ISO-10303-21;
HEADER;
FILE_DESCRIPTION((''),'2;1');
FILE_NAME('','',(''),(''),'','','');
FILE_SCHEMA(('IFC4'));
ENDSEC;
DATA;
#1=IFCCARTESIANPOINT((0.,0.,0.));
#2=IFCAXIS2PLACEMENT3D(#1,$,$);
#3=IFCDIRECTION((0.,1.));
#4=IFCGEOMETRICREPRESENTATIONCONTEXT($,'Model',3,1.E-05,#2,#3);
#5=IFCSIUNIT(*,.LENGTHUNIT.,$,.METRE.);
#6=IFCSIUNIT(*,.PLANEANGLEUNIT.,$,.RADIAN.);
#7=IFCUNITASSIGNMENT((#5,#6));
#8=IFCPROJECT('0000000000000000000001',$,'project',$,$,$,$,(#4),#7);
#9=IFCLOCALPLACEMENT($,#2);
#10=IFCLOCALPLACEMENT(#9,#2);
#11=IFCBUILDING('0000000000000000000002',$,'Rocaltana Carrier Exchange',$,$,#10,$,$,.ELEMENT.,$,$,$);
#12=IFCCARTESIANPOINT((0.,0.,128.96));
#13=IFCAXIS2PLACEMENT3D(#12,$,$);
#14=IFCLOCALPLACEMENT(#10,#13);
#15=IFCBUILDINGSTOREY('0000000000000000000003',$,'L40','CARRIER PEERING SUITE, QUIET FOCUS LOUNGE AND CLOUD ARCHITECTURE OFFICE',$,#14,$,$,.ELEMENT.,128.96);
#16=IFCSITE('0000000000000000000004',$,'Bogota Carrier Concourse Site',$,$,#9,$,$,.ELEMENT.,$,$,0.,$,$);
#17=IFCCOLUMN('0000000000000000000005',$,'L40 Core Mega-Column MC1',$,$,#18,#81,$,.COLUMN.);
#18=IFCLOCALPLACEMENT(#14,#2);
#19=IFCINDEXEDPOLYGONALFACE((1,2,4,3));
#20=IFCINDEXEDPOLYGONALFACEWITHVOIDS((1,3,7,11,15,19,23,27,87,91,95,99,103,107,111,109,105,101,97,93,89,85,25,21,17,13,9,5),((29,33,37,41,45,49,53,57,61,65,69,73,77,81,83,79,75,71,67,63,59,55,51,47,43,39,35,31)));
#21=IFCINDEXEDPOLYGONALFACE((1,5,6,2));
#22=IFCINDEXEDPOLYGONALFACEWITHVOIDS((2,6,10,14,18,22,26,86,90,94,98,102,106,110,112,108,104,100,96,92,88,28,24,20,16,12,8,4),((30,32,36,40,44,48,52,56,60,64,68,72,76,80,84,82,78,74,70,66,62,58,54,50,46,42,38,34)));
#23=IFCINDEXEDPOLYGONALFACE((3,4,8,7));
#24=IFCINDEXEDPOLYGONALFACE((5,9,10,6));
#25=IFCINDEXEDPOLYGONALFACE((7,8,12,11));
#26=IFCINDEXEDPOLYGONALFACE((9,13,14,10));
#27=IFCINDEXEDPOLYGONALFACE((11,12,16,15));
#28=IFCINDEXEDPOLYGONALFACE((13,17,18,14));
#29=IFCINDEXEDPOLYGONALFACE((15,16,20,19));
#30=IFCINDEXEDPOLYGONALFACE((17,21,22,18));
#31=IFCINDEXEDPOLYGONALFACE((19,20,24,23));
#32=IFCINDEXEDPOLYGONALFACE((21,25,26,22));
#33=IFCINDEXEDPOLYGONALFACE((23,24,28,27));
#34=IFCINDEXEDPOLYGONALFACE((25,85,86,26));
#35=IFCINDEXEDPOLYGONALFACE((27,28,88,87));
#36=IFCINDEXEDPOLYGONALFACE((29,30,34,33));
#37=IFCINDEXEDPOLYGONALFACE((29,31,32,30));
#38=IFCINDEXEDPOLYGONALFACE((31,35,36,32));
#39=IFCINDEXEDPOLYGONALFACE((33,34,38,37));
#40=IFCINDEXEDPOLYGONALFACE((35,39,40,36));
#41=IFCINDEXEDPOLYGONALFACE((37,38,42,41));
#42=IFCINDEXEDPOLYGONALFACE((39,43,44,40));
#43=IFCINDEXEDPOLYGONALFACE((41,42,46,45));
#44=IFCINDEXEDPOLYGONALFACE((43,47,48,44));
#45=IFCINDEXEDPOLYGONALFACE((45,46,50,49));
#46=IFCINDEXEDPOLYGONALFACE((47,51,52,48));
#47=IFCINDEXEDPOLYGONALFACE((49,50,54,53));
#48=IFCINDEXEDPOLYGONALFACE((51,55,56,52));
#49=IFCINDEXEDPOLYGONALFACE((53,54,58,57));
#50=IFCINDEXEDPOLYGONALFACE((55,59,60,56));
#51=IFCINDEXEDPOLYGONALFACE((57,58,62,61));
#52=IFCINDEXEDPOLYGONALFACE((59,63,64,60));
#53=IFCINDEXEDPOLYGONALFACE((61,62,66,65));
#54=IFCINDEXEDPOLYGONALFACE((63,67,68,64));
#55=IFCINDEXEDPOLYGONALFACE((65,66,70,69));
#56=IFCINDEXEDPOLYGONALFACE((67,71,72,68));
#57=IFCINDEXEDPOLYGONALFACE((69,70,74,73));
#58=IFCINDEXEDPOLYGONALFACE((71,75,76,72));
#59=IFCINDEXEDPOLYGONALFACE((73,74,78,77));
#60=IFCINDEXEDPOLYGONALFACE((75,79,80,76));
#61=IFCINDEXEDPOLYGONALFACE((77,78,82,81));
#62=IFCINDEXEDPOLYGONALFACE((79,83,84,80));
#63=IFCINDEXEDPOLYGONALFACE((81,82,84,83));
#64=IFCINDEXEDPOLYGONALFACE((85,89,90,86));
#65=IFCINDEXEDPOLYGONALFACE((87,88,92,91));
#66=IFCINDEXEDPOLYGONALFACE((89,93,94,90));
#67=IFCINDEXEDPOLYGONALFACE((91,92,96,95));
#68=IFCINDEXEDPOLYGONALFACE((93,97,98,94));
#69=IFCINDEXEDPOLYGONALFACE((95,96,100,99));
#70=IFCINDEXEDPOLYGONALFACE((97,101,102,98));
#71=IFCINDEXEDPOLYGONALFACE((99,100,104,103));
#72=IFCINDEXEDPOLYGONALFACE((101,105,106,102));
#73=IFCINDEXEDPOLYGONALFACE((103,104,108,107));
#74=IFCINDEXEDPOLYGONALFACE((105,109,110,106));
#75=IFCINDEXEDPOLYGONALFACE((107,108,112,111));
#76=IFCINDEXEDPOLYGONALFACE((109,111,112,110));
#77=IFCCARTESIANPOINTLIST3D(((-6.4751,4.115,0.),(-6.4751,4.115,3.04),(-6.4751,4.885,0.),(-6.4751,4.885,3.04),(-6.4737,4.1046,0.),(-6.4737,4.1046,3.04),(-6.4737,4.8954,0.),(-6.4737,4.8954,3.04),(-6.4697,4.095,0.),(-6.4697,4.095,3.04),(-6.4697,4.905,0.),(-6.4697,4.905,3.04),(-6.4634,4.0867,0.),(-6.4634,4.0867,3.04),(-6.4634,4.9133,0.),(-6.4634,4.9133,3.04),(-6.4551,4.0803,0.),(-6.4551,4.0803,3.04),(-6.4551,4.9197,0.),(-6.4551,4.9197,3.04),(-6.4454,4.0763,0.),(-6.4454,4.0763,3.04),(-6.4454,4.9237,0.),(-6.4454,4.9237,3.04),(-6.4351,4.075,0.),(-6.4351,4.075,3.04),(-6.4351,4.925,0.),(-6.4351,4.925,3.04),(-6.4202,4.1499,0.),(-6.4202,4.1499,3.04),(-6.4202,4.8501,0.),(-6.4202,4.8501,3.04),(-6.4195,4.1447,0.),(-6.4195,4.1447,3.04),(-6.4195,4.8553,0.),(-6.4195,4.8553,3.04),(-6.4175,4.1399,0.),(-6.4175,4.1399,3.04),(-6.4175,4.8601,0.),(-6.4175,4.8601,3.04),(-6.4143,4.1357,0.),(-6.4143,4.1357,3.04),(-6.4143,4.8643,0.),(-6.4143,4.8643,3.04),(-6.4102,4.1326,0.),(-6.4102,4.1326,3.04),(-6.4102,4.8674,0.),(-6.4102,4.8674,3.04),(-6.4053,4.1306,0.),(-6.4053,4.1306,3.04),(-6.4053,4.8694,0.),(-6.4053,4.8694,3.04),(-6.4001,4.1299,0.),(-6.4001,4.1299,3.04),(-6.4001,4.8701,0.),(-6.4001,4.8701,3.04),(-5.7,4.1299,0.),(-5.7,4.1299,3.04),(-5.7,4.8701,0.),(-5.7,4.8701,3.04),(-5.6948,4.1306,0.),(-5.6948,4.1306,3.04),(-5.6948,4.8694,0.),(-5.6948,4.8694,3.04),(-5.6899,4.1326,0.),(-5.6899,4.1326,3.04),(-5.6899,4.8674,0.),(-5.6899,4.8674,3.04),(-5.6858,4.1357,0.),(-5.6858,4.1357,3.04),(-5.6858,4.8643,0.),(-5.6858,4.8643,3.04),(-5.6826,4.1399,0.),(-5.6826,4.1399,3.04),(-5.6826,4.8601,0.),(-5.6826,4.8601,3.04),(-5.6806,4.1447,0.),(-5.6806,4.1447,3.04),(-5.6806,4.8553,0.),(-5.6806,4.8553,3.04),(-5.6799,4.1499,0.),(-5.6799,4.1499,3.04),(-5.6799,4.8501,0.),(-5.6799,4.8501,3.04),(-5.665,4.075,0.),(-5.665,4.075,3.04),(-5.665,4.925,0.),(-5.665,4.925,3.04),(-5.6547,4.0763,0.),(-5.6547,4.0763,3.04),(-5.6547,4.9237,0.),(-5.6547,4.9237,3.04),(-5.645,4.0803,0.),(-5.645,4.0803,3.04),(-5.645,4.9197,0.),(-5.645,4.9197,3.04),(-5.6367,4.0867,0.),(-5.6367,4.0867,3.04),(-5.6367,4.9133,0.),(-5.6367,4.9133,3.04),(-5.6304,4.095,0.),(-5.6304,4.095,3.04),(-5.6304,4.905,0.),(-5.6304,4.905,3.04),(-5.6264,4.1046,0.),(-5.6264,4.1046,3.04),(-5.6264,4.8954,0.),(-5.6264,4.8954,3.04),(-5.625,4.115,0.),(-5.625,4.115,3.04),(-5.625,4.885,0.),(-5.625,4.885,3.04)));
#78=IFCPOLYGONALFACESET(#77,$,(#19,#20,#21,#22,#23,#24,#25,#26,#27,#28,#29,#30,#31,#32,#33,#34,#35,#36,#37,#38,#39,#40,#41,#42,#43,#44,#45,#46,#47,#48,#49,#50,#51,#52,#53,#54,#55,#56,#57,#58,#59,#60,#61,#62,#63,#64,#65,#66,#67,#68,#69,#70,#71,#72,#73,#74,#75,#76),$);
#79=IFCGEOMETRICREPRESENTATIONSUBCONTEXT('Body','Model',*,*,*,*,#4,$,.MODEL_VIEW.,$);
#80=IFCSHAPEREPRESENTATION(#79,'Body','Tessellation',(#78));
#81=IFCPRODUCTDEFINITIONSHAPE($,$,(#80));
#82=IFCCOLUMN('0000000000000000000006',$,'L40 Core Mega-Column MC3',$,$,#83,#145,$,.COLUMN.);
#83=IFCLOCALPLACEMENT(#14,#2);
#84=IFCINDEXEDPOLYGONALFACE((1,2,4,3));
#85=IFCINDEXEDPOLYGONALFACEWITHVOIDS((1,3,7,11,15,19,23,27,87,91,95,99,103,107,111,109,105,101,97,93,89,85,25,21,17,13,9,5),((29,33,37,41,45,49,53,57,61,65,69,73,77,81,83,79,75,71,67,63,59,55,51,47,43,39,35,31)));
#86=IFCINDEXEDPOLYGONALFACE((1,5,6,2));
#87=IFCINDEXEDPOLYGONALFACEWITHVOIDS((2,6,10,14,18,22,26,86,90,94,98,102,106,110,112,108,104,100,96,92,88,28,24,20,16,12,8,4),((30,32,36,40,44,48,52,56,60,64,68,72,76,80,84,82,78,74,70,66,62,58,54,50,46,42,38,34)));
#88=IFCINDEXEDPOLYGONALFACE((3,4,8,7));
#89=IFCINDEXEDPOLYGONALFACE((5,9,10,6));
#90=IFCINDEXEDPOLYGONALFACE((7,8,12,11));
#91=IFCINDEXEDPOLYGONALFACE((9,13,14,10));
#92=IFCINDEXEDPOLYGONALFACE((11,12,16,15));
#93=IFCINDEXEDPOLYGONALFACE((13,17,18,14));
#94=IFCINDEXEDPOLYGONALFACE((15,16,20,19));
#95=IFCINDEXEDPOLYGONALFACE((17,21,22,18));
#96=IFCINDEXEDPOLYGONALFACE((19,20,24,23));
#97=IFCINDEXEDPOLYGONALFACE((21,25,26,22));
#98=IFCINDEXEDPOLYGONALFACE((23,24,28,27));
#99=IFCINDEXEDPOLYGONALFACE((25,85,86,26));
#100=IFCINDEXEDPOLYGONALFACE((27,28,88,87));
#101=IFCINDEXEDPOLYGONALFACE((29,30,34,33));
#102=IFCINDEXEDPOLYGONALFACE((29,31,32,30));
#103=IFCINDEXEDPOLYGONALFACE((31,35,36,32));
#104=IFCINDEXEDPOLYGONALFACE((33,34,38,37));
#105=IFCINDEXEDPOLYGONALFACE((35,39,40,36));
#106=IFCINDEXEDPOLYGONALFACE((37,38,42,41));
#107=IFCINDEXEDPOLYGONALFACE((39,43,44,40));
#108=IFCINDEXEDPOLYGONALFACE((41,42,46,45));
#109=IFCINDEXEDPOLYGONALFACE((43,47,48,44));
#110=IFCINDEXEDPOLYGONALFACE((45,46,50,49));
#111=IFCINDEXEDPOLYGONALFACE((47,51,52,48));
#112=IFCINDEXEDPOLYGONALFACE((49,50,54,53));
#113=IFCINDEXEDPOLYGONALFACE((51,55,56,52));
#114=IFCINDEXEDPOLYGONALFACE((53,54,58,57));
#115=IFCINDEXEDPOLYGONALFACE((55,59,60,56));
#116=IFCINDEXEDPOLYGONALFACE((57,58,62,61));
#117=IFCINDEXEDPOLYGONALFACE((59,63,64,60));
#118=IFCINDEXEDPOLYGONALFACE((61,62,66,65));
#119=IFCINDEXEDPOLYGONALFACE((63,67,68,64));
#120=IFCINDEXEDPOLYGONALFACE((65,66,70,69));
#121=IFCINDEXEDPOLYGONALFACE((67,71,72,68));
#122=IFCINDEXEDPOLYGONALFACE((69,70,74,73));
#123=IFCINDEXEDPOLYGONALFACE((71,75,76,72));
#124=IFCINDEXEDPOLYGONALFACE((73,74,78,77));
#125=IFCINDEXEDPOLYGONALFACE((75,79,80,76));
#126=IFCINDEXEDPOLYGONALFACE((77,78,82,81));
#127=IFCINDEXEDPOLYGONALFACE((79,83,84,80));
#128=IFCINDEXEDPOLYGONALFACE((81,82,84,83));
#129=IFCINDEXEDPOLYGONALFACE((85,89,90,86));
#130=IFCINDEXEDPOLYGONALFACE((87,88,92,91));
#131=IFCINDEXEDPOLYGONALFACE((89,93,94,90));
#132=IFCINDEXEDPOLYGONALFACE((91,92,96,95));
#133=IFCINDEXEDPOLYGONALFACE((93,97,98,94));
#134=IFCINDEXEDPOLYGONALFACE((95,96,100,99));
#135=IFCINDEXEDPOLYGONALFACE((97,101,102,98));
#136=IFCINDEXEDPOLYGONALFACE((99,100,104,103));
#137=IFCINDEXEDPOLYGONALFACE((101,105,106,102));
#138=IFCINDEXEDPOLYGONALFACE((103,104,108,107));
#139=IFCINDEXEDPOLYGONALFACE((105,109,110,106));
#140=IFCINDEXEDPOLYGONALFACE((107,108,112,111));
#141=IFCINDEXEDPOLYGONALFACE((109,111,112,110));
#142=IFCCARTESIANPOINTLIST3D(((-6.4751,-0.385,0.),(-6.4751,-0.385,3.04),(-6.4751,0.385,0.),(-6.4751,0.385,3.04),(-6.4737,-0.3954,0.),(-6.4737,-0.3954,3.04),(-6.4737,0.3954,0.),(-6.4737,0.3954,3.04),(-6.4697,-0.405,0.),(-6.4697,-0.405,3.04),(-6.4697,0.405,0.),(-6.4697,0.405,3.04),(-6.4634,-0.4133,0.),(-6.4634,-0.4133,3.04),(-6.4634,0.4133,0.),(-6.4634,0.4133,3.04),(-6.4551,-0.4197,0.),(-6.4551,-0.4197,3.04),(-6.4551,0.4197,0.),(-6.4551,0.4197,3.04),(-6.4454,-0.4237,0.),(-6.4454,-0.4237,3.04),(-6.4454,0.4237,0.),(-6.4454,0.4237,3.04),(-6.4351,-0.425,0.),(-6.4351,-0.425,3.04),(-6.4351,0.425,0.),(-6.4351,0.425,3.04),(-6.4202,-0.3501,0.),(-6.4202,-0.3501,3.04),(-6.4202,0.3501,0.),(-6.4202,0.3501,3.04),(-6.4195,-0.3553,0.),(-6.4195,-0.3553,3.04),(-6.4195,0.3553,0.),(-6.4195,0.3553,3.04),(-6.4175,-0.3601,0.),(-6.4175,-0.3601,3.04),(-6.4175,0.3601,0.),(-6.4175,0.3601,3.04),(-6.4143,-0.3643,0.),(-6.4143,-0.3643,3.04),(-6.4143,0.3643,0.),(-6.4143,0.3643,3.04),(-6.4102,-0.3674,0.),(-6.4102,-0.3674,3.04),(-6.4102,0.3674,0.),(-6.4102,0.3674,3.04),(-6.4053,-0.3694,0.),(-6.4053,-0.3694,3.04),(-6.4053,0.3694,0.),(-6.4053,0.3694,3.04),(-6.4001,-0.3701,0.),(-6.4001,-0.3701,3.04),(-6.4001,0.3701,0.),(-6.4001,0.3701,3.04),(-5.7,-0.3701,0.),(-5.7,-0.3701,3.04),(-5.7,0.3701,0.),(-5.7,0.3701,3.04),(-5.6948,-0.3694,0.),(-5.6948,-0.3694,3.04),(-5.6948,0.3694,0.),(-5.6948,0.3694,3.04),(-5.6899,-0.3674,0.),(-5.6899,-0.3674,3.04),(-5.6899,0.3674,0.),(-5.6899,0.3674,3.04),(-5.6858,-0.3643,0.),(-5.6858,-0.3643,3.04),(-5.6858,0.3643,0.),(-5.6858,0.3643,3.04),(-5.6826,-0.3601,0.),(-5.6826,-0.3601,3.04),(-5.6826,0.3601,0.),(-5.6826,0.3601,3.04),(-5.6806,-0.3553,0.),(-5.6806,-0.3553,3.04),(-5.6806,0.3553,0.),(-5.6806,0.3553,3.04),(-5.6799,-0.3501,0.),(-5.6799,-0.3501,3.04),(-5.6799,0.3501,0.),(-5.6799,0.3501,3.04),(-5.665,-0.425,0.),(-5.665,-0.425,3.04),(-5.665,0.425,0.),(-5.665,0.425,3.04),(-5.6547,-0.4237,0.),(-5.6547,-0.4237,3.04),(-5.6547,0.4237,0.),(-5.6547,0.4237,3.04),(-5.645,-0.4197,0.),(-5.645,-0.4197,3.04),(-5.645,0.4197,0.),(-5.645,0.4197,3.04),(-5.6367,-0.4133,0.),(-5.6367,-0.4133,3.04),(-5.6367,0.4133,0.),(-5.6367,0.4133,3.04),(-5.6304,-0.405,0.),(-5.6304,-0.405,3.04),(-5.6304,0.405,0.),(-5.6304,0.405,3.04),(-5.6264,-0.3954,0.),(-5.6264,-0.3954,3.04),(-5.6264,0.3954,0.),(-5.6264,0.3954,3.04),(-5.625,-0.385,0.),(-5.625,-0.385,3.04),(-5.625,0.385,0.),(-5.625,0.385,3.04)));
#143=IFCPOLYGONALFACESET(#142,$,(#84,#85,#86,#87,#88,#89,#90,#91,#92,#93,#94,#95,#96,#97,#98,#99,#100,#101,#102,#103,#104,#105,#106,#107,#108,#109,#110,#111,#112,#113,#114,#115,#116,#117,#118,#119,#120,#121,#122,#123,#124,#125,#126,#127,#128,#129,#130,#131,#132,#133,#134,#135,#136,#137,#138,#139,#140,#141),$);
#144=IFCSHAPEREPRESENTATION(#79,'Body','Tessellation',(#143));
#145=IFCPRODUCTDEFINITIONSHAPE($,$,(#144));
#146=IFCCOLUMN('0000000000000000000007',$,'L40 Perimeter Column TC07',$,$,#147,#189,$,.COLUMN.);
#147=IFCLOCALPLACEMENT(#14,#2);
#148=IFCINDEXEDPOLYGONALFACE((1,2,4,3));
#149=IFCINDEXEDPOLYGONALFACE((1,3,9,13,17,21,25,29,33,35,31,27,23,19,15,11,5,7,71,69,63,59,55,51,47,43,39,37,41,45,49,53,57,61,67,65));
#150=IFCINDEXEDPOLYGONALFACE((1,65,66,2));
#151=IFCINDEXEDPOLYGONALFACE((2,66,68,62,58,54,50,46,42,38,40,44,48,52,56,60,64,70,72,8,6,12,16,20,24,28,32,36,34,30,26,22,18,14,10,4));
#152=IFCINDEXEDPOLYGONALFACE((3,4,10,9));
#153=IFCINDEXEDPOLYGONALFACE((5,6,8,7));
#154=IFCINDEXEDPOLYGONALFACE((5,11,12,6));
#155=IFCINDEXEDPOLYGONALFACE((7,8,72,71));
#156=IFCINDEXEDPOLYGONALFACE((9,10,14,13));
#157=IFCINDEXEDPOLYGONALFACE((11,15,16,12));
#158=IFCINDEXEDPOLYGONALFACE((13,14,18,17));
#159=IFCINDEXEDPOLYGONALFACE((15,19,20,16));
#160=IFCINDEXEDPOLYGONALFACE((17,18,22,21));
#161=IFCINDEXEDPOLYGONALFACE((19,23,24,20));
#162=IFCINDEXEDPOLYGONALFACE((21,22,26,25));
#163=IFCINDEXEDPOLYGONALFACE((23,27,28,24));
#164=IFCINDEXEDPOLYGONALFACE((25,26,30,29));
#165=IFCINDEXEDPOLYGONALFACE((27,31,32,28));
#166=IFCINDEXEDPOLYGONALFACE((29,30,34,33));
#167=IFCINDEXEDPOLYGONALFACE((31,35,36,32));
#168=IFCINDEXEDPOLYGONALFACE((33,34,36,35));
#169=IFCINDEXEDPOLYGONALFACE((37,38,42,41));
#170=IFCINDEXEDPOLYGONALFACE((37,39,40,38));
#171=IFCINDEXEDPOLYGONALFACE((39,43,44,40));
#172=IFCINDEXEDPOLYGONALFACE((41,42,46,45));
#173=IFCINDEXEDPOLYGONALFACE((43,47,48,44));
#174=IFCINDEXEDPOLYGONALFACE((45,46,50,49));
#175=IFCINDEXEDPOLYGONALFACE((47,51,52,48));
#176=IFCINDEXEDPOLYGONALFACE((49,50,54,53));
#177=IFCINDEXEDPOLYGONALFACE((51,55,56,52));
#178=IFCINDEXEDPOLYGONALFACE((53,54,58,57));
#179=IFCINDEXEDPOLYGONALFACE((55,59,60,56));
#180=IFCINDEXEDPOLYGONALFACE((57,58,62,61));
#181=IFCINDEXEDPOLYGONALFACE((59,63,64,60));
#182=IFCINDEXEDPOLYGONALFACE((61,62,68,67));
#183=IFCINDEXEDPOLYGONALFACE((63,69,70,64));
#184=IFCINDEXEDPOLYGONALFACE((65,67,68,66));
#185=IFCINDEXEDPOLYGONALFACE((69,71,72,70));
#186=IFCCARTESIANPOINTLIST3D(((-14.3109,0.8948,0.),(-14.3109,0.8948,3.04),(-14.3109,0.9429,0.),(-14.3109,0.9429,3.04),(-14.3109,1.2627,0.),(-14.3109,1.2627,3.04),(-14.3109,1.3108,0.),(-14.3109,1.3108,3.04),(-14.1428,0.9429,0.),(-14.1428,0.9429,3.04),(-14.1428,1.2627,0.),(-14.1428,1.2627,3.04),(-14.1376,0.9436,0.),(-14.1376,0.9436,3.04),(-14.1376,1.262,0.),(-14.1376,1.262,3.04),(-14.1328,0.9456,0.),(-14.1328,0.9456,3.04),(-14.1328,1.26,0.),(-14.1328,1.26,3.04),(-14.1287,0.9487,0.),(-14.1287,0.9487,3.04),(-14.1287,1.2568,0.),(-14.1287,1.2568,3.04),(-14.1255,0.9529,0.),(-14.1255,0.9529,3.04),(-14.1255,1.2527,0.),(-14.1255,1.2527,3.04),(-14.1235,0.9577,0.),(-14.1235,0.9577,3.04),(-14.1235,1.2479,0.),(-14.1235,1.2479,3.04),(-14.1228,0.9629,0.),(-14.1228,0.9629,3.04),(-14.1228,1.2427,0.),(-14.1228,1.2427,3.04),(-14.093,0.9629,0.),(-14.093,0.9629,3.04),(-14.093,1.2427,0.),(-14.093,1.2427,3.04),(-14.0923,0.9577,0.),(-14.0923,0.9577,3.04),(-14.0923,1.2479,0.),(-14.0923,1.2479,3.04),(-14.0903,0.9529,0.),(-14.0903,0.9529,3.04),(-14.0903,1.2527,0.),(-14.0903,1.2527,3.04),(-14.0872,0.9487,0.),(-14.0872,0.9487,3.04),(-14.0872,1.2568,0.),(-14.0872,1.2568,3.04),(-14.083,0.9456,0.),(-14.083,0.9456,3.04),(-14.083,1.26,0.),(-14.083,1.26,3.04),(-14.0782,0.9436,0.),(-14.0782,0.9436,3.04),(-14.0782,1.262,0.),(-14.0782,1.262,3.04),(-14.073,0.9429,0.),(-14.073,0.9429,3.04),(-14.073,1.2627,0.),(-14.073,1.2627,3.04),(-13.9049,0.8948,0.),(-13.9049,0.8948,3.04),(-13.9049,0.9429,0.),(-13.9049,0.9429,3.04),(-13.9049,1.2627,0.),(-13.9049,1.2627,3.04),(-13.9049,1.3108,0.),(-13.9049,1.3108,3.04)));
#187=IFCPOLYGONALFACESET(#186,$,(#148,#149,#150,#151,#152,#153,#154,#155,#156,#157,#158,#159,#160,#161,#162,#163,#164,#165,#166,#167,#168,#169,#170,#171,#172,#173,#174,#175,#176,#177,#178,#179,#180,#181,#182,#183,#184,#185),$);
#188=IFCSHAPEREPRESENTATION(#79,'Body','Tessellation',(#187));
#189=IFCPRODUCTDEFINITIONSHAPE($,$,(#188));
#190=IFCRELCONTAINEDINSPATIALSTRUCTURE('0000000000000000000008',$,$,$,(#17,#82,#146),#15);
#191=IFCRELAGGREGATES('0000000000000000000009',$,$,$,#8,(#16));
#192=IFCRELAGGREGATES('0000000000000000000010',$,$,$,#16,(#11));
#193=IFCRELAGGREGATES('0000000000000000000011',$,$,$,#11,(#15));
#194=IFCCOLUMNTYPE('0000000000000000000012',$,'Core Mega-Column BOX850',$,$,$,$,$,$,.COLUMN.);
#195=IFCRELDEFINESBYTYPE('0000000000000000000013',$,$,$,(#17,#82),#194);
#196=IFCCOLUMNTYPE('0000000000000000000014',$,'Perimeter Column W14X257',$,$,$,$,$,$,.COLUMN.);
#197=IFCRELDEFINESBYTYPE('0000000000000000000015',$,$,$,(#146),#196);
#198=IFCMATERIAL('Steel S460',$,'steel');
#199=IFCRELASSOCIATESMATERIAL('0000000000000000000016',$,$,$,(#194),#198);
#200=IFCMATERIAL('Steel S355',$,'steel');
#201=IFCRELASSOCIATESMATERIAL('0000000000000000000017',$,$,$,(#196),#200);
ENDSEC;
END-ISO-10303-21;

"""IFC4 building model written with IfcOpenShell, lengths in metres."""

from ifc_helpers import new_model, si_unit, direction, frame, origin, origin_2d, place, context, subcontext, project, spatial, hollow_rectangle, i_section, extrude, material, material_profile, profile_set, type_object, element, save


model = new_model("IFC4")

# Units and contexts
model_context = context("Model", 3, precision=1e-05, world=origin(), true_north=direction((0.0, 1.0)))
body_context = subcontext(model_context, "Body", "Model", "MODEL_VIEW")
ifc_project = project(units=[si_unit("LENGTHUNIT", "METRE"), si_unit("PLANEANGLEUNIT", "RADIAN")], contexts=[model_context])

# Site, building, storey
site_placement = place(None, origin())
site = spatial("IfcSite", under=ifc_project, at=site_placement, Name="Bogota Carrier Concourse Site", CompositionType="ELEMENT", RefElevation=0.0)
building_placement = place(site_placement, origin())
building = spatial("IfcBuilding", under=site, at=building_placement, Name="Rocaltana Carrier Exchange", CompositionType="ELEMENT")
storey_placement = place(building_placement, frame((0.0, 0.0, 128.96)))
storey = spatial("IfcBuildingStorey", under=building, at=storey_placement, Name="L40", Description="CARRIER PEERING SUITE, QUIET FOCUS LOUNGE AND CLOUD ARCHITECTURE OFFICE", CompositionType="ELEMENT", Elevation=128.96)

# Columns
ifc_material_1 = material(Name="Steel S460", Category="steel")
ifc_material_profile_1 = material_profile(ifc_material_1, hollow_rectangle(XDim=0.8501, YDim=0.8501, WallThickness=0.0549, InnerFilletRadius=0.02, OuterFilletRadius=0.04, at=origin_2d()), Name="BOX850X850X55")
ifc_profile_set_1 = profile_set([ifc_material_profile_1], Name="Steel S460")
column_type_1 = type_object("IfcColumnType", Name="Core Mega-Column BOX850", PredefinedType="COLUMN", material=ifc_profile_set_1)
for number, where, z_axis, x_axis, name in (
    (1, (-6.05, 4.5, 0.0), (0.0, 0.0, 1.0), (1.0, 0.0, 0.0), "L40 Core Mega-Column MC1"),
    (2, (-6.05, 0.0, 0.0), (0.0, 0.0, 1.0), (1.0, 0.0, 0.0), "L40 Core Mega-Column MC3"),
):
    element("IfcColumn", number, at=place(storey_placement, frame(where, z_axis=z_axis, x_axis=x_axis)), inside=storey, type_object=column_type_1, Name=name, PredefinedType="COLUMN", context=body_context, shape_type="SweptSolid", body=[
        extrude(hollow_rectangle(XDim=0.8501, YDim=0.8501, WallThickness=0.0549, InnerFilletRadius=0.02, OuterFilletRadius=0.04, at=origin_2d()), origin(), (0.0, 0.0, 1.0), 3.04),
    ])
ifc_material_2 = material(Name="Steel S355", Category="steel")
ifc_material_profile_2 = material_profile(ifc_material_2, i_section(OverallWidth=0.406, OverallDepth=0.416, WebThickness=0.0298, FlangeThickness=0.0481, FilletRadius=0.02, at=origin_2d()), Name="W14X257")
ifc_profile_set_2 = profile_set([ifc_material_profile_2], Name="Steel S355")
column_type_2 = type_object("IfcColumnType", Name="Perimeter Column W14X257", PredefinedType="COLUMN", material=ifc_profile_set_2)
column_placement = place(storey_placement, frame((-14.1079, 1.1028, 0.0), z_axis=(0.0, 0.0, 1.0), x_axis=(1.0, 0.0, 0.0)))
element("IfcColumn", 3, at=column_placement, inside=storey, type_object=column_type_2, Name="L40 Perimeter Column TC07", PredefinedType="COLUMN", context=body_context, shape_type="SweptSolid", body=[
    extrude(i_section(OverallWidth=0.406, OverallDepth=0.416, WebThickness=0.0298, FlangeThickness=0.0481, FilletRadius=0.02, at=origin_2d()), origin(), (0.0, 0.0, 1.0), 3.04),
])

save(model, "model.ifc")
